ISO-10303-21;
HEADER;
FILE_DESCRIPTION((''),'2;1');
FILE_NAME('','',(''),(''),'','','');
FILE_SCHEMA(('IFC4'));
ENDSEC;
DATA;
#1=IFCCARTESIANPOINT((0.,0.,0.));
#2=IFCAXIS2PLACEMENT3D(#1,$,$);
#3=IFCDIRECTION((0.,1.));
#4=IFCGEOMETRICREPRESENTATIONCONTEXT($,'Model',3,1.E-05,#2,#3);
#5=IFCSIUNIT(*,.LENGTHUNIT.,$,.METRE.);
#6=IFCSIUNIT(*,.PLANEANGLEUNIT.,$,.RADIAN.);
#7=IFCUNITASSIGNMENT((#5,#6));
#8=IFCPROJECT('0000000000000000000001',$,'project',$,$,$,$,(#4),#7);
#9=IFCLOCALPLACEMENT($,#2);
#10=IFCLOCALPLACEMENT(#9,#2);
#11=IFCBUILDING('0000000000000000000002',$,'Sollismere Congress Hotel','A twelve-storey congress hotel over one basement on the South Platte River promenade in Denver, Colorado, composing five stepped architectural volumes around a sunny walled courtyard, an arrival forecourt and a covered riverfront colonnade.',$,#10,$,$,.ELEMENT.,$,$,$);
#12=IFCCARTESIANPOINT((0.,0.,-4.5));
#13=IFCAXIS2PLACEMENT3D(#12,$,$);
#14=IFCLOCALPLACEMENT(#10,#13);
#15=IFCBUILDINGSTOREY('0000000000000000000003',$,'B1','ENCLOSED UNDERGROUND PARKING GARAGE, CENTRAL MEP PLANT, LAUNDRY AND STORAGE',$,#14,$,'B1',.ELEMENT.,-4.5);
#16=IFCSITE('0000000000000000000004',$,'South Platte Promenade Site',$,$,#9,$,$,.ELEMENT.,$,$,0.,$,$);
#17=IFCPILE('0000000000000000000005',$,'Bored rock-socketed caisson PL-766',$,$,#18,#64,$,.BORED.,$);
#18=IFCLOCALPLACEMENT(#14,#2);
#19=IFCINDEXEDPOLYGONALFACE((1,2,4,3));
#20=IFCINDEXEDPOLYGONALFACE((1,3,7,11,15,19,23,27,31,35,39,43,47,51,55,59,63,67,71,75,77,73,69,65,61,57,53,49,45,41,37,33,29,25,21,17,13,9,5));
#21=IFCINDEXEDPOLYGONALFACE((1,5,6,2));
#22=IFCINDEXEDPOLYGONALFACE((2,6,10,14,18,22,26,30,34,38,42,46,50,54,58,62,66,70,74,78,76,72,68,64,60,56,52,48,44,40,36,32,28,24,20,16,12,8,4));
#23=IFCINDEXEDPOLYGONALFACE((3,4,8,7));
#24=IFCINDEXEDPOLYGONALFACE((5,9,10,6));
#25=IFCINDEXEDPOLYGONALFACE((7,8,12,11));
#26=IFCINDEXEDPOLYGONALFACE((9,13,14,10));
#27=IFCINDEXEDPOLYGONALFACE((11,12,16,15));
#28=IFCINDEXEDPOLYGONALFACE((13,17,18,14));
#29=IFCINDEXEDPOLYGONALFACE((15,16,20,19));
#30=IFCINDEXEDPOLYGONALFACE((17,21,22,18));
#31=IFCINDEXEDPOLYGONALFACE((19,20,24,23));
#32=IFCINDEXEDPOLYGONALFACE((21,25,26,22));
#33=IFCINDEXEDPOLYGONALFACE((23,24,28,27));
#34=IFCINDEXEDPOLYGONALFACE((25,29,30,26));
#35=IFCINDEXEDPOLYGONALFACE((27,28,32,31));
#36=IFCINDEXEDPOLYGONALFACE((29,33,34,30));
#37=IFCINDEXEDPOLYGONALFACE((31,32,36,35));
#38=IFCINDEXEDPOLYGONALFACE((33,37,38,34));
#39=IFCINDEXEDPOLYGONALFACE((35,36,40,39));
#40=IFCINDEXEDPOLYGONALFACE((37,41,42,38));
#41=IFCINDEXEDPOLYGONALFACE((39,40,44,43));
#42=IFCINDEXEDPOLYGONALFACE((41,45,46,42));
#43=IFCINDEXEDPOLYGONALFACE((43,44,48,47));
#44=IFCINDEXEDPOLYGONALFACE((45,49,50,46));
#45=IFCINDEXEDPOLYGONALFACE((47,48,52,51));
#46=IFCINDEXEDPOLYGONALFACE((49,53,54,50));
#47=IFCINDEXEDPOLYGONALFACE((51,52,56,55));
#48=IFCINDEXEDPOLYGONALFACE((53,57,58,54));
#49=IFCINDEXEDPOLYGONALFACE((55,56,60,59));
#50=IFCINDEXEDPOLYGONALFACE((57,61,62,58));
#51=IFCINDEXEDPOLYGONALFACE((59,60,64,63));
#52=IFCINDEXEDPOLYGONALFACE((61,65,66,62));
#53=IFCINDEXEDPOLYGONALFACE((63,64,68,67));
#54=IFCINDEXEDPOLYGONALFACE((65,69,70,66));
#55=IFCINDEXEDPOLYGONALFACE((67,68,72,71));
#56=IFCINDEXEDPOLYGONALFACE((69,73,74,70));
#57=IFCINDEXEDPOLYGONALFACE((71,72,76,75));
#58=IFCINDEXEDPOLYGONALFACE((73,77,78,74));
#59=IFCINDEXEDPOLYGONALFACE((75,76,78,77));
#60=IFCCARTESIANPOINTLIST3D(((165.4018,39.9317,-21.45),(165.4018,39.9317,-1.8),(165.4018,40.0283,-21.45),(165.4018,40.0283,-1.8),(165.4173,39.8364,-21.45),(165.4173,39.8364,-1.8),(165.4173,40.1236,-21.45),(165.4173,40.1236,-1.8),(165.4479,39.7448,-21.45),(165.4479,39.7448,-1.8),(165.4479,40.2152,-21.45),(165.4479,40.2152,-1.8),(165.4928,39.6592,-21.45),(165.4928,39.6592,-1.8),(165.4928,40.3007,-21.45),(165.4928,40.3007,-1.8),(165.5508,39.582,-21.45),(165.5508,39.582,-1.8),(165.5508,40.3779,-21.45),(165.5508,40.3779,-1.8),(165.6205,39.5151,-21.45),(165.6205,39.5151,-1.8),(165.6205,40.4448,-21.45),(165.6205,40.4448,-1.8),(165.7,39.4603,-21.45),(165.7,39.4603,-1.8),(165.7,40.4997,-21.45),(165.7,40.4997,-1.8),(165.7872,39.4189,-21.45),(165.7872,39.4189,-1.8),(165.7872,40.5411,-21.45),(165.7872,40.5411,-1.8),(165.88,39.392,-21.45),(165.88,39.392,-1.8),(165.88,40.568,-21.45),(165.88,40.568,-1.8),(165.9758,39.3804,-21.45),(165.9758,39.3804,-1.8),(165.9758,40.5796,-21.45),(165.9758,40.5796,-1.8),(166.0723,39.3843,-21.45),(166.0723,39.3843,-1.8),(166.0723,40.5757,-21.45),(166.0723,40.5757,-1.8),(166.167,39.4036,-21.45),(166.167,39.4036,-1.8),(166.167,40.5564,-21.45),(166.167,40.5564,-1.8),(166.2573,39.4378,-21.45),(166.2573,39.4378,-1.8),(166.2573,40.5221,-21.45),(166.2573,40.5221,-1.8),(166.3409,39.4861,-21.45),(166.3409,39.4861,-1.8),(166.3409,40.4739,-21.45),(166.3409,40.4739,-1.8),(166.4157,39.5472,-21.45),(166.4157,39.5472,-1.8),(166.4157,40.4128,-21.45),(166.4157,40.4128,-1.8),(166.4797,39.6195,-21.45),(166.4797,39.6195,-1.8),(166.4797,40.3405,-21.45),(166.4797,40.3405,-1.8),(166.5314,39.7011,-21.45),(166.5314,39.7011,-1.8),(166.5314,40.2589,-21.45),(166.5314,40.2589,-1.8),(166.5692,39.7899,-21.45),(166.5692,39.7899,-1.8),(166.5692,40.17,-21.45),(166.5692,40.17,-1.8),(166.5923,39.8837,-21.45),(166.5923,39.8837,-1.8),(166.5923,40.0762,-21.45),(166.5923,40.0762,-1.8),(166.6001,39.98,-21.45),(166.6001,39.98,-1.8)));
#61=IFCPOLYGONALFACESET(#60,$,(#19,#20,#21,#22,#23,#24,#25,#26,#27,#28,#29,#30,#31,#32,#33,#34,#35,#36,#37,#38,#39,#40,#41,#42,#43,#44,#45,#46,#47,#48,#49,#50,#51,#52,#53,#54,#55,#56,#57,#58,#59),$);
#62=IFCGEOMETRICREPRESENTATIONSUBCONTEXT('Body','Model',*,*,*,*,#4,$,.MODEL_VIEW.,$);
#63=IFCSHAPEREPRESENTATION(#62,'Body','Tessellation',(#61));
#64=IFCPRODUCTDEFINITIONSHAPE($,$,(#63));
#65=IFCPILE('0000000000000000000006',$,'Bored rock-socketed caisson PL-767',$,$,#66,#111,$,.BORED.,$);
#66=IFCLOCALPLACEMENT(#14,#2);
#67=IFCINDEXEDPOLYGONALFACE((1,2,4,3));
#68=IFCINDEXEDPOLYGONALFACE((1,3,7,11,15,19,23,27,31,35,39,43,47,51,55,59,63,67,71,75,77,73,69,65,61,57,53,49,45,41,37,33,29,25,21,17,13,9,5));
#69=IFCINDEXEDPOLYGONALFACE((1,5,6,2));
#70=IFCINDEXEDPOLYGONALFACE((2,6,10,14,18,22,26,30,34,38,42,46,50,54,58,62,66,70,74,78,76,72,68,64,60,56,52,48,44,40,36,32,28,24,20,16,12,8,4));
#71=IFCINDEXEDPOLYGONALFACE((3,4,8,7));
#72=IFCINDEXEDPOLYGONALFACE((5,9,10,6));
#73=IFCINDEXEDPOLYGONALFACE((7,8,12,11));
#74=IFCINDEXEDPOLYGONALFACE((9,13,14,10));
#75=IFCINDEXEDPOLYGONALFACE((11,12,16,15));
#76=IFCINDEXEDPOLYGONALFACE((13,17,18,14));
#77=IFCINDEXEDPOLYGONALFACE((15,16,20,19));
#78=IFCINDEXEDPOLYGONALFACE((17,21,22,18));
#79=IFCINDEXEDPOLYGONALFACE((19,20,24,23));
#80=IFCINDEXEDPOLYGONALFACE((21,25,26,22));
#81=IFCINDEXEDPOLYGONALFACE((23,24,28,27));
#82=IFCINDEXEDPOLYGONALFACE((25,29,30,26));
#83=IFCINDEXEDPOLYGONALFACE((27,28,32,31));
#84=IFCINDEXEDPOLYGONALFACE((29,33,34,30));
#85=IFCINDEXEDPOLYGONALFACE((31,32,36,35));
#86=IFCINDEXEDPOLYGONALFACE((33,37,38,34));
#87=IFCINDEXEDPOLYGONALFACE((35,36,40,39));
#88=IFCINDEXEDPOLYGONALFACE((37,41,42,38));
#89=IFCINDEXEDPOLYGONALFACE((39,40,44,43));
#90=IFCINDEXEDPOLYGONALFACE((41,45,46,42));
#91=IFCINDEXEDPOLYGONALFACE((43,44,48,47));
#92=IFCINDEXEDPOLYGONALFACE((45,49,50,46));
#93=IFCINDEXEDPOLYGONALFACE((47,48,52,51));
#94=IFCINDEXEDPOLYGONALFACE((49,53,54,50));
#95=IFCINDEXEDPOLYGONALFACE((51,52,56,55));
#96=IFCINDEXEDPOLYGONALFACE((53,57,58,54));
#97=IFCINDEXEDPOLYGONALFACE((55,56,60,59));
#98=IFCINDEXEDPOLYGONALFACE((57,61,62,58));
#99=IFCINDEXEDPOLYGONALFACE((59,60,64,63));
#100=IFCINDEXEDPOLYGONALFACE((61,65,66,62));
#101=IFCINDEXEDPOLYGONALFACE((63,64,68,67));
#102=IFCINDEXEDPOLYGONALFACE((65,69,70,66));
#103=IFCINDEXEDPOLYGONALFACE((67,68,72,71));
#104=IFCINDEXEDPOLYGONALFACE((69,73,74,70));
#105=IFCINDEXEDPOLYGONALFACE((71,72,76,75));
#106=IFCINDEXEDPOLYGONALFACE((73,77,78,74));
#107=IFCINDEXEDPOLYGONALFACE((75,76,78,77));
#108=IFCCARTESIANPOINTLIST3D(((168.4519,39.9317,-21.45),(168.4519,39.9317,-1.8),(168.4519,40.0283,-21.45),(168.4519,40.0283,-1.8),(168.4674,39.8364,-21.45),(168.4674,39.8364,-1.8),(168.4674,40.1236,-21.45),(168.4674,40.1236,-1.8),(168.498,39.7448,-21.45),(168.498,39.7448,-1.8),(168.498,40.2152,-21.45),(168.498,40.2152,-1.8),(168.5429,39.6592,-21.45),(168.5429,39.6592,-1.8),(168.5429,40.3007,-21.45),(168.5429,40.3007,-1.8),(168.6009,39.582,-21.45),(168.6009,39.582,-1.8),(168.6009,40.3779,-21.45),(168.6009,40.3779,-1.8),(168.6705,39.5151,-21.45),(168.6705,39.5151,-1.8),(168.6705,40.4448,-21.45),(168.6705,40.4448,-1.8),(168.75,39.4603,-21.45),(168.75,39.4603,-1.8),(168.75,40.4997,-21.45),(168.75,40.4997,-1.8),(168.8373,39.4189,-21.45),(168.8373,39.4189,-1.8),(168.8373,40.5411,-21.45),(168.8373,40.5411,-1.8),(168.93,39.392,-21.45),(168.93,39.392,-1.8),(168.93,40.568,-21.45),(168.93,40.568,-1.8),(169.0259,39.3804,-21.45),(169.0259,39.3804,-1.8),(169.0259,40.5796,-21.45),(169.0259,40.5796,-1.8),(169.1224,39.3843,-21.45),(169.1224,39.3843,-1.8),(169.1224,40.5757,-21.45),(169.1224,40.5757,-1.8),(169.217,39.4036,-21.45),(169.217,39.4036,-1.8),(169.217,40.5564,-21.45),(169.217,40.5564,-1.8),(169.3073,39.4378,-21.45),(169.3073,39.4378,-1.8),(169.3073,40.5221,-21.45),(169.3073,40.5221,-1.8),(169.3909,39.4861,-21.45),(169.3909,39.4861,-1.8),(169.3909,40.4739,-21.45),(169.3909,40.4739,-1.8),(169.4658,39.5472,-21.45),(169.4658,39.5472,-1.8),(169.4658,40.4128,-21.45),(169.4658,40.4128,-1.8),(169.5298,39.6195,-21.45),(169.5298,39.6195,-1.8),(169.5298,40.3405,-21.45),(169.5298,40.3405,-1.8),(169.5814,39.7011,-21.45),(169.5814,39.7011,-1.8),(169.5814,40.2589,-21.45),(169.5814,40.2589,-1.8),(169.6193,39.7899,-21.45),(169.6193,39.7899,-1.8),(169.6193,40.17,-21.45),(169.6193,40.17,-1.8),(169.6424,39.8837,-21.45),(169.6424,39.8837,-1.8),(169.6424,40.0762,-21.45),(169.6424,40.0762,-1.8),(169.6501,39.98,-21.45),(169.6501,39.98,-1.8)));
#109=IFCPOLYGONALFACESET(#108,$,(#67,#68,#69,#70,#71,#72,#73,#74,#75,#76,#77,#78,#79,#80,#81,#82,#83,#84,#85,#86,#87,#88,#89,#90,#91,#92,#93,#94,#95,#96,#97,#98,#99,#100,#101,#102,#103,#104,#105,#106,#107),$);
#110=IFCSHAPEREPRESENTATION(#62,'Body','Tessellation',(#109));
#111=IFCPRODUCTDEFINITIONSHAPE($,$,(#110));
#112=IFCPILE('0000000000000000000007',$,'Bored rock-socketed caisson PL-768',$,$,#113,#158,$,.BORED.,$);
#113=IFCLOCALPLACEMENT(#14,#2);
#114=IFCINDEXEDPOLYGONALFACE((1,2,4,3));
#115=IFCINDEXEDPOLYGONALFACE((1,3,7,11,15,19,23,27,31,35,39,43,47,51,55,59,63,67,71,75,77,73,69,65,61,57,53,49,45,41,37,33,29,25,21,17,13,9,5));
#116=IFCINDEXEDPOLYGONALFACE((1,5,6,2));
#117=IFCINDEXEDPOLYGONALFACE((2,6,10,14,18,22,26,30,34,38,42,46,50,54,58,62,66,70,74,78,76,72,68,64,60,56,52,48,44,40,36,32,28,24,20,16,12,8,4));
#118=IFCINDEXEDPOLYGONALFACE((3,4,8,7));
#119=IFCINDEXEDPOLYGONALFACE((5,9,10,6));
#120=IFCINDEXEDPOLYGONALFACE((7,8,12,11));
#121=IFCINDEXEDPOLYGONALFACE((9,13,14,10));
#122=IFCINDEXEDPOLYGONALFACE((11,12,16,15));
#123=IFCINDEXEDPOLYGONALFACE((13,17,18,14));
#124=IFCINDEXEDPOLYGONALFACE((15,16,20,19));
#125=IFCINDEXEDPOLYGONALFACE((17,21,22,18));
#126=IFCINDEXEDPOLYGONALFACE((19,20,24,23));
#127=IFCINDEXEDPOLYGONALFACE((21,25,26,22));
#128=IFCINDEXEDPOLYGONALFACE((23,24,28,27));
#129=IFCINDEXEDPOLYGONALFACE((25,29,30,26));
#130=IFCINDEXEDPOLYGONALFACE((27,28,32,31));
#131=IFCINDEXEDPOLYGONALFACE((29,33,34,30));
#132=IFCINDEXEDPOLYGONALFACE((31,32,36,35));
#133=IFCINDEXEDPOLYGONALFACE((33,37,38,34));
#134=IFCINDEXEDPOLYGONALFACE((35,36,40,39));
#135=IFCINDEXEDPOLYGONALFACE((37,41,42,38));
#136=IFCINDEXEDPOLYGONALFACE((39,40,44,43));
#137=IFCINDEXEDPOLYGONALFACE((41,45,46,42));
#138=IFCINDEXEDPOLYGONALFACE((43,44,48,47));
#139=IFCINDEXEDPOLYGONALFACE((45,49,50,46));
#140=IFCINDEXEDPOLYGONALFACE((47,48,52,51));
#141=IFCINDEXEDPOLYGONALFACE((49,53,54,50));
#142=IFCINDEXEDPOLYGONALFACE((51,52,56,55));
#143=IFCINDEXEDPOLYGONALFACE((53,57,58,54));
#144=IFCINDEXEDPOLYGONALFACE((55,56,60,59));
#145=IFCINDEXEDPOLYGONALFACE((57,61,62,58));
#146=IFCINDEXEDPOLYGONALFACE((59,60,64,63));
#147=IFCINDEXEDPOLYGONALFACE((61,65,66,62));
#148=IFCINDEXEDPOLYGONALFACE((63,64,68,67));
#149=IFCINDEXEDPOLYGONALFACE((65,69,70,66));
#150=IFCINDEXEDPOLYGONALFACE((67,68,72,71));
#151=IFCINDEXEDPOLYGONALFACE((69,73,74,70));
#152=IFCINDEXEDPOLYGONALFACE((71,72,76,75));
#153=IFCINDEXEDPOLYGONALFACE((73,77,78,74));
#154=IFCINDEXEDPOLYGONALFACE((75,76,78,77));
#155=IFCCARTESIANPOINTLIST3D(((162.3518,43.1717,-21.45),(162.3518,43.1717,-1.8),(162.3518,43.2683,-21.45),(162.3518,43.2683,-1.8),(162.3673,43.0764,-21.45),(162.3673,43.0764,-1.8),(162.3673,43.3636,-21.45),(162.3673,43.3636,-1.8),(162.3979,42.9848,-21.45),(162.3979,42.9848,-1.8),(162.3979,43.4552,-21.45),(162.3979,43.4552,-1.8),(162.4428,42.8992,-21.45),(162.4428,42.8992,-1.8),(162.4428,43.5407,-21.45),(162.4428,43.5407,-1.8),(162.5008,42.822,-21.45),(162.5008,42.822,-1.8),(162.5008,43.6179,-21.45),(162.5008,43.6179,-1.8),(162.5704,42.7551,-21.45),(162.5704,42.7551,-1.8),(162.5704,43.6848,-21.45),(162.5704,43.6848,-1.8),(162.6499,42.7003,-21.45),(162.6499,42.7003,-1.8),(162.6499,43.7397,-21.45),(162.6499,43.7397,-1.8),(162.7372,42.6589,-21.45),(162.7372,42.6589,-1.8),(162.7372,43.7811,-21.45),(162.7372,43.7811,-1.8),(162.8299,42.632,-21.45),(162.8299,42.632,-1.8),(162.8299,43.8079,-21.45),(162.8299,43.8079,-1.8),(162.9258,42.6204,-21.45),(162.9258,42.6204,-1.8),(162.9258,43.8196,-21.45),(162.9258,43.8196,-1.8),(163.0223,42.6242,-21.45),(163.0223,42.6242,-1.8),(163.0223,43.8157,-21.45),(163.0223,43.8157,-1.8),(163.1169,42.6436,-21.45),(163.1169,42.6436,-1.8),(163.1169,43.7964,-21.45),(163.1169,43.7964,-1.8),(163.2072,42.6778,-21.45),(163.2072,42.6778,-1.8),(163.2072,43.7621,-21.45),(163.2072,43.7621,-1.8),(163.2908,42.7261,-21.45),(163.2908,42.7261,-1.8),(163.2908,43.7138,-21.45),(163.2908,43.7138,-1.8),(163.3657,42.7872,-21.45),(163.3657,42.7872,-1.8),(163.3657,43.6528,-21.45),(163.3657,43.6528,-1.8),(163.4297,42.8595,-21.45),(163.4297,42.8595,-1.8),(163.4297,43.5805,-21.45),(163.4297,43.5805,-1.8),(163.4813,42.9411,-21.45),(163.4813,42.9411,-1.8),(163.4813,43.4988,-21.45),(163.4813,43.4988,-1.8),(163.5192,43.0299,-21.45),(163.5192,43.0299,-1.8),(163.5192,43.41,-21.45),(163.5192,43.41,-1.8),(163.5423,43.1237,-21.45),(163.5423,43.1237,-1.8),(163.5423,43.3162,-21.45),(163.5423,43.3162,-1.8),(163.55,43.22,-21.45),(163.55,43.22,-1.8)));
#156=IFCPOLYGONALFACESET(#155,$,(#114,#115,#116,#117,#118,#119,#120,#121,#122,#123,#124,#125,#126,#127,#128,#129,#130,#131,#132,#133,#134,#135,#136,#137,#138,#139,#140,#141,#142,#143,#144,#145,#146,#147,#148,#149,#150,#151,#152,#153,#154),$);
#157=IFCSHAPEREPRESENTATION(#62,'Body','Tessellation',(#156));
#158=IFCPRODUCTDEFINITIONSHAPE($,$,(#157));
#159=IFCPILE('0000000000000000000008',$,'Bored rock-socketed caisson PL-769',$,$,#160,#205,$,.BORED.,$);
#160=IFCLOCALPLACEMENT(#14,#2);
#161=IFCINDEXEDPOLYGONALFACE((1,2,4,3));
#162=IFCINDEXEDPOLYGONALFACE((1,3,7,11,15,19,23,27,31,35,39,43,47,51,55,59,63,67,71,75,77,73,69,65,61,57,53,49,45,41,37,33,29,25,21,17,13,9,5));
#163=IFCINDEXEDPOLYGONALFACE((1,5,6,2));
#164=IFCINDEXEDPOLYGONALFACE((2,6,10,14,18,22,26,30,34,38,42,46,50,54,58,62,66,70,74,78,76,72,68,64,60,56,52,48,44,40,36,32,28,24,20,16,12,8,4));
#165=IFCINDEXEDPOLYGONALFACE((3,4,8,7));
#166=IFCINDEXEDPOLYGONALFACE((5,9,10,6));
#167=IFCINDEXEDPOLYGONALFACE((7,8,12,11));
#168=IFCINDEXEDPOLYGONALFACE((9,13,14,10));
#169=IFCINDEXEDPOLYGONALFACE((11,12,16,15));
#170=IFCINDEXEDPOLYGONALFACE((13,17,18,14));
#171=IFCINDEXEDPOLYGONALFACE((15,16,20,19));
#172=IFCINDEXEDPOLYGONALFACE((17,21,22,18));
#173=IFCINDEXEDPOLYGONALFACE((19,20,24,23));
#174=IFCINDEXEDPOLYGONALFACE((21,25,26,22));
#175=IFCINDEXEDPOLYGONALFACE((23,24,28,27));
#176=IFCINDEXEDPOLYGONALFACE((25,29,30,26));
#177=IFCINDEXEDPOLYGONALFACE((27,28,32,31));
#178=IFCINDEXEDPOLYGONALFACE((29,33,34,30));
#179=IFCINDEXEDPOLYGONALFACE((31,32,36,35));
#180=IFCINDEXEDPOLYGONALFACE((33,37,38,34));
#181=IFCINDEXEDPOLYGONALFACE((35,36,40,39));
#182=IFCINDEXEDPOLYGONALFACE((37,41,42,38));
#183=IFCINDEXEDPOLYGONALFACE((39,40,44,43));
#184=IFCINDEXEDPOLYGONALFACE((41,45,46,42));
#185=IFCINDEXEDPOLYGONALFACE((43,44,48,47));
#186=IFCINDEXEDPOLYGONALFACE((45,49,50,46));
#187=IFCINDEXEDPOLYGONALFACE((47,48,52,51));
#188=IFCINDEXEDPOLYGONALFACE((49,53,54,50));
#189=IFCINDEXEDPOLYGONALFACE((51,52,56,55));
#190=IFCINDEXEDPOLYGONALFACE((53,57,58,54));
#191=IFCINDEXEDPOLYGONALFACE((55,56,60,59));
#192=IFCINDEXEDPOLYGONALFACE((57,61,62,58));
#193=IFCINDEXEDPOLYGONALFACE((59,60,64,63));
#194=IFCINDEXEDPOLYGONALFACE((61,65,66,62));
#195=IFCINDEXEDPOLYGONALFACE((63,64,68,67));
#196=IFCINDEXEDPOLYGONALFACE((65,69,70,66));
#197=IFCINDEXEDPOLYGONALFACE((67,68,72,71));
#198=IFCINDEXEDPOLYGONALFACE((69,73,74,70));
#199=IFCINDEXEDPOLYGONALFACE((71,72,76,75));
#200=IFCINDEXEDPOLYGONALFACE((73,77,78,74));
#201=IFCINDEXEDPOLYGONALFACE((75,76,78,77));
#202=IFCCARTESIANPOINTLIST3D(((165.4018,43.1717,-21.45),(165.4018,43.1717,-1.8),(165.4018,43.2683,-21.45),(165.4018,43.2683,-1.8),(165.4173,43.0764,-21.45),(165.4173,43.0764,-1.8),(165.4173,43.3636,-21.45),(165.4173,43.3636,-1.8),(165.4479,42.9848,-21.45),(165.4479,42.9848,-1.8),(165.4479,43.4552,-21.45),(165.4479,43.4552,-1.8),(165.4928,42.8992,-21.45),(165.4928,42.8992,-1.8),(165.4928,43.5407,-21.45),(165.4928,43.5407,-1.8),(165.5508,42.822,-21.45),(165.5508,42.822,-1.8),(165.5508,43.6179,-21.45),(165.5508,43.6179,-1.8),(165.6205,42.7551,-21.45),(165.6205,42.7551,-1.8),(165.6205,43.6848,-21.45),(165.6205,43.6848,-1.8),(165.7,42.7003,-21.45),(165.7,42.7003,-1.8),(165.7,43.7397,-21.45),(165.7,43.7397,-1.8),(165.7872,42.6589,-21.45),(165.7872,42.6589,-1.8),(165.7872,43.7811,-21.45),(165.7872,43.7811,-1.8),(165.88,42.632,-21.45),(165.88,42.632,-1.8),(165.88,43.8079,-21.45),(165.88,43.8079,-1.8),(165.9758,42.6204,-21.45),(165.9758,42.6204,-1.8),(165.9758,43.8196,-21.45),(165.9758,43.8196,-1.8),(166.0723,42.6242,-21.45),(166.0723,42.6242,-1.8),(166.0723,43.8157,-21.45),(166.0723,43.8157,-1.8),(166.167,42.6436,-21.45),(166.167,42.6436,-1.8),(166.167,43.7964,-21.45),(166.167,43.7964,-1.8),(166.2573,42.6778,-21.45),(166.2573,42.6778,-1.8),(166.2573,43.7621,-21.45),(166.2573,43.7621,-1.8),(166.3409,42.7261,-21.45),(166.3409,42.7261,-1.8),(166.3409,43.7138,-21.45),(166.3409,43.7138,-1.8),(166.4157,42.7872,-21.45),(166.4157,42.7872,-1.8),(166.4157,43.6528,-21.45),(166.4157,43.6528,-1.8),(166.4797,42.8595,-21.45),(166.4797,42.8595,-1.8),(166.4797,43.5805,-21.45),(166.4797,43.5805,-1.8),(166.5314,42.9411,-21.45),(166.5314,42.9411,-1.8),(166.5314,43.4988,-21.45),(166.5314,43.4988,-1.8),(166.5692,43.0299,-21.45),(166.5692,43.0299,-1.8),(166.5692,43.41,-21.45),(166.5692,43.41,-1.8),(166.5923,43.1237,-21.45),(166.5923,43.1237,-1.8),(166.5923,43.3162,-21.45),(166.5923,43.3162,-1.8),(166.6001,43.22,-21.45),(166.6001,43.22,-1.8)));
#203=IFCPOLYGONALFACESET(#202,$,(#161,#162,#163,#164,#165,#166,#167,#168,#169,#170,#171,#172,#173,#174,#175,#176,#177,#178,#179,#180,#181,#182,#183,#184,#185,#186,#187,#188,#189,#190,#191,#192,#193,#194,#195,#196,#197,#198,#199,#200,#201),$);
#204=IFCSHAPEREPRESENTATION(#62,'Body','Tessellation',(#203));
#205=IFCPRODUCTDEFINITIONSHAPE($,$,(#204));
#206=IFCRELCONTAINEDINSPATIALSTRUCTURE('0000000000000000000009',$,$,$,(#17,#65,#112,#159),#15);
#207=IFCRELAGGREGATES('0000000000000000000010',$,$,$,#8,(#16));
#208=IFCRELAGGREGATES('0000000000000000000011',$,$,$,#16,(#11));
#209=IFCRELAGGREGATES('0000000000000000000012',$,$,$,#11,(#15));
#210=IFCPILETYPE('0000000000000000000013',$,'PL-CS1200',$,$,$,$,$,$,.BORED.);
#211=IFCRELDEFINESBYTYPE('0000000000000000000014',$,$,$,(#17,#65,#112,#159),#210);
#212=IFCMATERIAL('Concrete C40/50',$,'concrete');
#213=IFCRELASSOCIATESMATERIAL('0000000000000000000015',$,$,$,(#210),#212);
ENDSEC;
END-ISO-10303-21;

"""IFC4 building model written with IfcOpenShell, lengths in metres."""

from ifc_helpers import new_model, si_unit, direction, frame, origin, origin_2d, place, context, subcontext, project, spatial, circle, extrude, material, material_profile, profile_set, type_object, element, save


model = new_model("IFC4")

# Units and contexts
model_context = context("Model", 3, precision=1e-05, world=origin(), true_north=direction((0.0, 1.0)))
body_context = subcontext(model_context, "Body", "Model", "MODEL_VIEW")
ifc_project = project(units=[si_unit("LENGTHUNIT", "METRE"), si_unit("PLANEANGLEUNIT", "RADIAN")], contexts=[model_context])

# Site, building, storey
site_placement = place(None, origin())
site = spatial("IfcSite", under=ifc_project, at=site_placement, Name="South Platte Promenade Site", CompositionType="ELEMENT", RefElevation=0.0)
building_placement = place(site_placement, origin())
building = spatial("IfcBuilding", under=site, at=building_placement, Name="Sollismere Congress Hotel", Description="A twelve-storey congress hotel over one basement on the South Platte River promenade in Denver, Colorado, composing five stepped architectural volumes around a sunny walled courtyard, an arrival forecourt and a covered riverfront colonnade.", CompositionType="ELEMENT")
storey_placement = place(building_placement, frame((0.0, 0.0, -4.5)))
storey = spatial("IfcBuildingStorey", under=building, at=storey_placement, Name="B1", Description="ENCLOSED UNDERGROUND PARKING GARAGE, CENTRAL MEP PLANT, LAUNDRY AND STORAGE", LongName="B1", CompositionType="ELEMENT", Elevation=-4.5)

# Shared definitions
ifc_material_1 = material(Name="Concrete C40/50", Category="concrete")

# Piles
ifc_material_profile_1 = material_profile(ifc_material_1, circle(Radius=0.6001, at=origin_2d()), Name="CAISSON1200")
ifc_profile_set_1 = profile_set([ifc_material_profile_1], Name="Concrete C40/50")
pile_type = type_object("IfcPileType", Name="PL-CS1200", PredefinedType="BORED", material=ifc_profile_set_1)
for number, where, z_axis, x_axis, name in (
    (1, (166.0, 39.98, -1.8), (0.0, 0.0, -1.0), (1.0, 0.0, 0.0), "Bored rock-socketed caisson PL-766"),
    (2, (169.05, 39.98, -1.8), (0.0, 0.0, -1.0), (1.0, 0.0, 0.0), "Bored rock-socketed caisson PL-767"),
    (3, (162.95, 43.22, -1.8), (0.0, 0.0, -1.0), (1.0, 0.0, 0.0), "Bored rock-socketed caisson PL-768"),
    (4, (166.0, 43.22, -1.8), (0.0, 0.0, -1.0), (1.0, 0.0, 0.0), "Bored rock-socketed caisson PL-769"),
):
    element("IfcPile", number, at=place(storey_placement, frame(where, z_axis=z_axis, x_axis=x_axis)), inside=storey, type_object=pile_type, Name=name, PredefinedType="BORED", context=body_context, shape_type="SweptSolid", body=[
        extrude(circle(Radius=0.6001, at=origin_2d()), origin(), (0.0, 0.0, 1.0), 19.6499),
    ])

save(model, "model.ifc")
